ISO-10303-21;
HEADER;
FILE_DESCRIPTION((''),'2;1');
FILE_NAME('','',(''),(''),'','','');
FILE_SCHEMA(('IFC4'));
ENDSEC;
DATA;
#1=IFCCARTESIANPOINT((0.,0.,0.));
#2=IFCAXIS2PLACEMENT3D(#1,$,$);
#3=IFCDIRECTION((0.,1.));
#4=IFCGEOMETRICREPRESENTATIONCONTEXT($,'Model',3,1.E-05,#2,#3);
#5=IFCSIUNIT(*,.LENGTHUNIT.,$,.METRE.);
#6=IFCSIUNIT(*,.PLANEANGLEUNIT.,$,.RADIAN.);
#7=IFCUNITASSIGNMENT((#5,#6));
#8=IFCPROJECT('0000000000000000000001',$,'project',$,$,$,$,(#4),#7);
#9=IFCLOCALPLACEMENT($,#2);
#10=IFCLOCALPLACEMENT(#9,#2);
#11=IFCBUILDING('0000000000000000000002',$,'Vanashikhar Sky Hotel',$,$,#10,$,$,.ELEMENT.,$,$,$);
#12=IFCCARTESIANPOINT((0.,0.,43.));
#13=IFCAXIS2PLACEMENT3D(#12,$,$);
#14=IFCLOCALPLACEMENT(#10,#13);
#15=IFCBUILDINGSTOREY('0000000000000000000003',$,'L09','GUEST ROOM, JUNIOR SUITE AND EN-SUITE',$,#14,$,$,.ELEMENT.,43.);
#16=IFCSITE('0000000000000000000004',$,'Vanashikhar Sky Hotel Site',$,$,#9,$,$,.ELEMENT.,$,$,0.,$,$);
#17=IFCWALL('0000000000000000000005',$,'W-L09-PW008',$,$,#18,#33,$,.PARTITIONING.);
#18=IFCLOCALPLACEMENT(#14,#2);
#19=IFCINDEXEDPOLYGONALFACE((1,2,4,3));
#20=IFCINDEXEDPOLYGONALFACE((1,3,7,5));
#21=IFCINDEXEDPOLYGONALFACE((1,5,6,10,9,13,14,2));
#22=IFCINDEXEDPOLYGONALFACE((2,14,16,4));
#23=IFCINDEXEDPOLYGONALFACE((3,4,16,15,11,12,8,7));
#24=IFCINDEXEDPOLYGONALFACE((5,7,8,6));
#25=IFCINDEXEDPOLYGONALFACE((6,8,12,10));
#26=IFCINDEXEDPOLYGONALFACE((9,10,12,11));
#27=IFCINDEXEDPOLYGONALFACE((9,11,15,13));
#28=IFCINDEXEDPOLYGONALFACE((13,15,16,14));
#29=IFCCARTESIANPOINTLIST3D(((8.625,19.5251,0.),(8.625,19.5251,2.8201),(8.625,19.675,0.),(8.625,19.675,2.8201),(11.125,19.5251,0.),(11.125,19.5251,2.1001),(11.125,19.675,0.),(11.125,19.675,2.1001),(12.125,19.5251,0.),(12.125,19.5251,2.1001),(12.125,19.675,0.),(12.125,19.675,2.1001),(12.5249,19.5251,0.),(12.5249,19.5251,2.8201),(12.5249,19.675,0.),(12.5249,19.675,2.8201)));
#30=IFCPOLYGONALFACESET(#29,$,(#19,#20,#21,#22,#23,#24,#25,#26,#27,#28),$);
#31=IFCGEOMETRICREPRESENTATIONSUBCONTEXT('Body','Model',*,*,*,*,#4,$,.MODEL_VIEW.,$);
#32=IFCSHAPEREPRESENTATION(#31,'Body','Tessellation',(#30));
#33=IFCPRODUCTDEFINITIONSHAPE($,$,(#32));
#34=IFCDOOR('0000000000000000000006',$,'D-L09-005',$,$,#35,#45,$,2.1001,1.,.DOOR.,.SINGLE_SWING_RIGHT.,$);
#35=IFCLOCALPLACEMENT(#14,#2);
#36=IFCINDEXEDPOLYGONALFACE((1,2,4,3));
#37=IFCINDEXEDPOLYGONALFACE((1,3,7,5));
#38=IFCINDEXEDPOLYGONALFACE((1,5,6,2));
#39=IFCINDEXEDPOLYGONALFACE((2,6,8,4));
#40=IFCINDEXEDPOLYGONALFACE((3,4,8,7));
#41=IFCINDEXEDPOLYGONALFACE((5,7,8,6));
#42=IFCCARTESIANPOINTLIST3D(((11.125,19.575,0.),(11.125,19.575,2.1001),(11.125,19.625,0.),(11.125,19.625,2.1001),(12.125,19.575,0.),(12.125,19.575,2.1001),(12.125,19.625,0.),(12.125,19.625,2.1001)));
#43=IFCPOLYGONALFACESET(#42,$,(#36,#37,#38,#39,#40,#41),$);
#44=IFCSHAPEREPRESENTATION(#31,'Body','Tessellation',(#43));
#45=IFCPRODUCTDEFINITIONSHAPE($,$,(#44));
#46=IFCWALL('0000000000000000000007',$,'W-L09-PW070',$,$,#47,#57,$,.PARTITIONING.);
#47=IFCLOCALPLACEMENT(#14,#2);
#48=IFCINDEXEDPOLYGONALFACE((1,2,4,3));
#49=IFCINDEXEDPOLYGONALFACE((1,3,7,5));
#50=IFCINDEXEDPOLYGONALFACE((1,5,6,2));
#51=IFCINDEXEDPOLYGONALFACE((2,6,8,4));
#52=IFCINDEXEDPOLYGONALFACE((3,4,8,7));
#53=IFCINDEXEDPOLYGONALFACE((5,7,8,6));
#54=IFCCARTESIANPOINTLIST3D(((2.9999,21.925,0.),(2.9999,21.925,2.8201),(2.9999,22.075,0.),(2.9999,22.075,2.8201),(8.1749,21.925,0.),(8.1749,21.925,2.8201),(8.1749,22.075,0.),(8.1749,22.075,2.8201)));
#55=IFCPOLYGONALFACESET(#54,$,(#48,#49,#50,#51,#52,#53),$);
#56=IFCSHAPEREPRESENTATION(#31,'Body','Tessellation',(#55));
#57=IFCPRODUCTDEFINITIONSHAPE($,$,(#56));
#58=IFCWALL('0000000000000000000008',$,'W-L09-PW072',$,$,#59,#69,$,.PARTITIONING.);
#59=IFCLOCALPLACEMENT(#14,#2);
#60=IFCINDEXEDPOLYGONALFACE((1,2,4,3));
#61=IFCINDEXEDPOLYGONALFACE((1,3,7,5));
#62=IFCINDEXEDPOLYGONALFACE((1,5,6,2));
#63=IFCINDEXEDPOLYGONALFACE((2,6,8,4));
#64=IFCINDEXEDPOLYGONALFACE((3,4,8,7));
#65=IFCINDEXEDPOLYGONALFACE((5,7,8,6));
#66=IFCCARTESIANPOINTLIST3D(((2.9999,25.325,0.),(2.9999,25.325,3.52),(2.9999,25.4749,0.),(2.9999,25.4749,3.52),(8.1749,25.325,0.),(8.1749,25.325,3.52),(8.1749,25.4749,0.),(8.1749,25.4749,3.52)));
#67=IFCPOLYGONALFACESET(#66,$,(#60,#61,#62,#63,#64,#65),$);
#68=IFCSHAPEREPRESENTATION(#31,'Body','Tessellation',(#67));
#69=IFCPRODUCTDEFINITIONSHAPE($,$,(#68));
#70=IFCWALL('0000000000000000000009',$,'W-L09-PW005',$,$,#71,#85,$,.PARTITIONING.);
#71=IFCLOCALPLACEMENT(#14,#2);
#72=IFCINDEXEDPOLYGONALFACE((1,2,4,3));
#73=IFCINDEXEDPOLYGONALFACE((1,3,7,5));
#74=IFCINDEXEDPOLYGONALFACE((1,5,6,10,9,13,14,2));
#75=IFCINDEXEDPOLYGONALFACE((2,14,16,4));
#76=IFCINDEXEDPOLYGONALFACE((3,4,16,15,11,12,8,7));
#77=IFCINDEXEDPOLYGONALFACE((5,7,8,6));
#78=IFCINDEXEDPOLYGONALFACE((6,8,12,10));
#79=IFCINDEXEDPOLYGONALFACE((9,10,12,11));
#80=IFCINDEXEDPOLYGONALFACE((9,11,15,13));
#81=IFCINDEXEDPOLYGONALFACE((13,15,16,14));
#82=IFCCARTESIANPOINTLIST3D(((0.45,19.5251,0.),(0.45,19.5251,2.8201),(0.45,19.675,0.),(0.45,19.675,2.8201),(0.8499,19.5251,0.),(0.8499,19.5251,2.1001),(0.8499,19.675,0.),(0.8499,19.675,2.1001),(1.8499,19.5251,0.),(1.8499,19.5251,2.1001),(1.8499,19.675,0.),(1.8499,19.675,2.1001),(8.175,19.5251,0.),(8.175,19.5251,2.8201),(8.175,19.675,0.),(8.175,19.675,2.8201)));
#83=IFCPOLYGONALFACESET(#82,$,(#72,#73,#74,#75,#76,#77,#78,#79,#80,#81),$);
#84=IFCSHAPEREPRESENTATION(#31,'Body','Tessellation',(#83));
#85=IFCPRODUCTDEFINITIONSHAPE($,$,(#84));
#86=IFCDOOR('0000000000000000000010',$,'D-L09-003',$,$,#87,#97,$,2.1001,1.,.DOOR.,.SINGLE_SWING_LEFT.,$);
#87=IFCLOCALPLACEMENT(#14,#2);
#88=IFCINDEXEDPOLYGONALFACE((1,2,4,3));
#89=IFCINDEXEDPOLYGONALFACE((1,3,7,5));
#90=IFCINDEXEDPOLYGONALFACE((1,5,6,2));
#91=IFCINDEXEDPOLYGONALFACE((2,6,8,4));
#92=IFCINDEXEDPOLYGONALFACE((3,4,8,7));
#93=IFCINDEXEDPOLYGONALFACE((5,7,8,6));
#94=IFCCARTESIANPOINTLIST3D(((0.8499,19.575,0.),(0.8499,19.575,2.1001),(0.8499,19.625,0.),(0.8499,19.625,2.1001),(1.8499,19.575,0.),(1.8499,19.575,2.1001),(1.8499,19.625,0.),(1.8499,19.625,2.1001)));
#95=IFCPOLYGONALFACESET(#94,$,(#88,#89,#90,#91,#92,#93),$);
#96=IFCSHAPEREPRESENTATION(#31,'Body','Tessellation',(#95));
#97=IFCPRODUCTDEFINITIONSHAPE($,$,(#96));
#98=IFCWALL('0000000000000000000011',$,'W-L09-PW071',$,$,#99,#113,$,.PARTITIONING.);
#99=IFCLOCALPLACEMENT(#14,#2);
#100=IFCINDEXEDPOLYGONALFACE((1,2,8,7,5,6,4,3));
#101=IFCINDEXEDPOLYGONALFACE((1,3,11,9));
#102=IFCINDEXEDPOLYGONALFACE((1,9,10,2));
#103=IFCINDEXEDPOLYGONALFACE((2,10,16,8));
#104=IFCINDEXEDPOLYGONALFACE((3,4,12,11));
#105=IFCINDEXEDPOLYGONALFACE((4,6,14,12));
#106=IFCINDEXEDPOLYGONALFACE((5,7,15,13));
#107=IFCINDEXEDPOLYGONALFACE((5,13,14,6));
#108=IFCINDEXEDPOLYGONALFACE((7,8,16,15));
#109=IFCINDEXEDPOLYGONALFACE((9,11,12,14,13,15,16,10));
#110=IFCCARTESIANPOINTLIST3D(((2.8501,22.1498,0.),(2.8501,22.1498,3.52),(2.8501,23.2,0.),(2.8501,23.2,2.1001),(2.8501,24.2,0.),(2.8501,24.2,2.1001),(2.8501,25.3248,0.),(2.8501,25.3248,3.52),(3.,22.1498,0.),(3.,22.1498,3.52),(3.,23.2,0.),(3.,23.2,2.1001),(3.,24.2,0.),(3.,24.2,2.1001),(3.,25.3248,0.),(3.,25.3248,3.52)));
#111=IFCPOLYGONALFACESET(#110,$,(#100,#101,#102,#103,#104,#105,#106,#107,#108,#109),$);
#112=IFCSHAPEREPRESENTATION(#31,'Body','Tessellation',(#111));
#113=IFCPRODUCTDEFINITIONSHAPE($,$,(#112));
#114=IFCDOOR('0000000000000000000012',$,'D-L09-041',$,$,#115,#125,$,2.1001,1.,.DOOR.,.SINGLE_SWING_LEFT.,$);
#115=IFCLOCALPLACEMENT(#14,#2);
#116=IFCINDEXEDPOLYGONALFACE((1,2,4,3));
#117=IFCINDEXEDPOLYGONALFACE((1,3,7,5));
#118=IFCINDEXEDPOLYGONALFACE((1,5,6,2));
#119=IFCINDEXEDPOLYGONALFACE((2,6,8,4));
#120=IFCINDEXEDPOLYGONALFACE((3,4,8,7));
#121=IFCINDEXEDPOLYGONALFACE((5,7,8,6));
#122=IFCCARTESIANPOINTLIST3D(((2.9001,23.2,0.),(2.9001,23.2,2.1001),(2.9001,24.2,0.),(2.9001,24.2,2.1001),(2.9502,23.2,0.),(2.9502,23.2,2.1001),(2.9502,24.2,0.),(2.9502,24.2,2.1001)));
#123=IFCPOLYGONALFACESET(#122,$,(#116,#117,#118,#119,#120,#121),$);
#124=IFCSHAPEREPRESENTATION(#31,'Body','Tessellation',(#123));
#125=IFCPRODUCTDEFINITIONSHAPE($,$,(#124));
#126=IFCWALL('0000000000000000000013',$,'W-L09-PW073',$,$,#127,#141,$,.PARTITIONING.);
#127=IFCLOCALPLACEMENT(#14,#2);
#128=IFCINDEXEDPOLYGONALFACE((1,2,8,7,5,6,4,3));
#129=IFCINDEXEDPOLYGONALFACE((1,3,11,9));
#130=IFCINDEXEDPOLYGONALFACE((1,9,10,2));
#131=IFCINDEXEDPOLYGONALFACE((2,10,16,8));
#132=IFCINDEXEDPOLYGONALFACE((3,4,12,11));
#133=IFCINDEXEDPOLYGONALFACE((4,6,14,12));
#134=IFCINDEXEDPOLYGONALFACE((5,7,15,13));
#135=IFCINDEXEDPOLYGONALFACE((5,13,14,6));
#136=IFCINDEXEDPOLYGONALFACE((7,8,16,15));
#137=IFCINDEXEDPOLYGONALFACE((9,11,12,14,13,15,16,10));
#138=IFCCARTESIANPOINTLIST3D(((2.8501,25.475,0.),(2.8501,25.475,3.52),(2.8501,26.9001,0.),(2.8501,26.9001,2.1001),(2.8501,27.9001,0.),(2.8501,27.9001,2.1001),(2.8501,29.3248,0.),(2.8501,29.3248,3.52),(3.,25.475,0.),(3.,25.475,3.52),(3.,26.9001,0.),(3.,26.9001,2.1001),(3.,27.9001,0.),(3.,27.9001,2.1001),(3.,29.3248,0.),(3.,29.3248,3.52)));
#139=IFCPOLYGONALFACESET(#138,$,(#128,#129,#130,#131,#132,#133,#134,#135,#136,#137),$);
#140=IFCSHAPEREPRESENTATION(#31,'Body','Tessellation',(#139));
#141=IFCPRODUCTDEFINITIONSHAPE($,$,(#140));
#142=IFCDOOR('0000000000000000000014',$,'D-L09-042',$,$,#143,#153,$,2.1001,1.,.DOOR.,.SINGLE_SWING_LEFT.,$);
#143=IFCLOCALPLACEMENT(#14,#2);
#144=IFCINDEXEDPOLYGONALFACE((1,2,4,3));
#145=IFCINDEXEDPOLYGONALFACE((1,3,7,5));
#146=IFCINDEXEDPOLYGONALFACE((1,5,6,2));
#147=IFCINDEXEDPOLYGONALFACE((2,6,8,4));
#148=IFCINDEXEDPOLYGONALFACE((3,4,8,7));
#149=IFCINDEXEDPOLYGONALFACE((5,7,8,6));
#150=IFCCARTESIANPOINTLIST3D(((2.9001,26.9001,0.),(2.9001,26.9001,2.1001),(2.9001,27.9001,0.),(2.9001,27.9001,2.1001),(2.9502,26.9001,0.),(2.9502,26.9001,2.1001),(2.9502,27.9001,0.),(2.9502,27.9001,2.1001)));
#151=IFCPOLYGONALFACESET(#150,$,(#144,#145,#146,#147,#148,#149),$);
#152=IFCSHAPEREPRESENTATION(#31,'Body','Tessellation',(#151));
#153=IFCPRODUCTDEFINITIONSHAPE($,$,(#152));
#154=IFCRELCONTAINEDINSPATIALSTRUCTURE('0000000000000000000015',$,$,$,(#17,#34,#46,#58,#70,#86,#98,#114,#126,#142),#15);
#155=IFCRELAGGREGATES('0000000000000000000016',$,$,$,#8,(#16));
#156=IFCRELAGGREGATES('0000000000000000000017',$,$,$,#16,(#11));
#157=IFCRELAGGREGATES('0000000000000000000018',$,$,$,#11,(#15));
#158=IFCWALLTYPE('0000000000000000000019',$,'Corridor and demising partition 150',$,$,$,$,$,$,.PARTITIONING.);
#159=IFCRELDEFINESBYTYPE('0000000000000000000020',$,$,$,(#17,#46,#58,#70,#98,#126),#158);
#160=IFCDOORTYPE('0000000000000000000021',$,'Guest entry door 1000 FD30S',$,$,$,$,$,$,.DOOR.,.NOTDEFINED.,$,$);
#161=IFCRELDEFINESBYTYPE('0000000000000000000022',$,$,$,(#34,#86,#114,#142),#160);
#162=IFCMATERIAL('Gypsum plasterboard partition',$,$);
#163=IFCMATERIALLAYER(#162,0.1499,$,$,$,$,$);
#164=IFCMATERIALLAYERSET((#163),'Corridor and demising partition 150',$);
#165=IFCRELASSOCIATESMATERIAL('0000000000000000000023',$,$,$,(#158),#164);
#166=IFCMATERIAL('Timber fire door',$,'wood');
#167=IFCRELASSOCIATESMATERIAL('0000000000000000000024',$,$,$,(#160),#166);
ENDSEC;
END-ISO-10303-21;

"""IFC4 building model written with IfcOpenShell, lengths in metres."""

from ifc_helpers import new_model, si_unit, direction, frame, frame_2d, origin, place, context, subcontext, project, spatial, rectangle, extrude, source, transform, mapped, material, layer, layer_set, type_object, element, fill, save


model = new_model("IFC4")

# Units and contexts
model_context = context("Model", 3, precision=1e-05, world=origin(), true_north=direction((0.0, 1.0)))
body_context = subcontext(model_context, "Body", "Model", "MODEL_VIEW")
ifc_project = project(units=[si_unit("LENGTHUNIT", "METRE"), si_unit("PLANEANGLEUNIT", "RADIAN")], contexts=[model_context])

# Site, building, storey
site_placement = place(None, origin())
site = spatial("IfcSite", under=ifc_project, at=site_placement, Name="Vanashikhar Sky Hotel Site", CompositionType="ELEMENT", RefElevation=0.0)
building_placement = place(site_placement, origin())
building = spatial("IfcBuilding", under=site, at=building_placement, Name="Vanashikhar Sky Hotel", CompositionType="ELEMENT")
storey_placement = place(building_placement, frame((0.0, 0.0, 43.0)))
storey = spatial("IfcBuildingStorey", under=building, at=storey_placement, Name="L09", Description="GUEST ROOM, JUNIOR SUITE AND EN-SUITE", CompositionType="ELEMENT", Elevation=43.0)

# Wall, opening, door
ifc_material_1 = material(Name="Gypsum plasterboard partition")
ifc_layer_1 = layer(ifc_material_1, 0.1499)
ifc_layer_set_1 = layer_set([ifc_layer_1], Name="Corridor and demising partition 150")
wall_type_1 = type_object("IfcWallType", Name="Corridor and demising partition 150", PredefinedType="PARTITIONING", material=ifc_layer_set_1)
shared_shape_1 = source(origin(), body_context, "Body", "SweptSolid", [
    extrude(rectangle(XDim=3.8999, YDim=0.1499, at=frame_2d((1.95, 0.0))), origin(), (0.0, 0.0, 1.0), 2.8201),
])
wall_1_placement = place(storey_placement, frame((8.625, 19.6001, 0.0), z_axis=(0.0, 0.0, 1.0), x_axis=(1.0, 0.0, 0.0)))
wall_1 = element("IfcWall", 1, at=wall_1_placement, inside=storey, type_object=wall_type_1, Name="W-L09-PW008", PredefinedType="PARTITIONING", context=body_context, shape_type="MappedRepresentation", body=[
    mapped(shared_shape_1, transform((0.0, 0.0, 0.0), scale=1.0)),
])
shared_shape_2 = source(origin(), body_context, "Body", "SweptSolid", [
    extrude(rectangle(XDim=1.0, YDim=2.1001, at=frame_2d((0.5, 1.05))), frame((0.0, 0.085, 0.0), z_axis=(0.0, -1.0, 0.0), x_axis=(1.0, 0.0, 0.0)), (0.0, 0.0, 1.0), 0.1699),
])
opening_1_placement = place(wall_1_placement, frame((2.5, 0.0, 0.0)))
opening_1 = element("IfcOpeningElement", 2, at=opening_1_placement, cuts=wall_1, PredefinedType="OPENING", context=body_context, shape_type="MappedRepresentation", body=[
    mapped(shared_shape_2, transform((0.0, 0.0, 0.0), scale=1.0)),
])
ifc_material_2 = material(Name="Timber fire door", Category="wood")
door_type = type_object("IfcDoorType", Name="Guest entry door 1000 FD30S", OperationType="NOTDEFINED", PredefinedType="DOOR", material=ifc_material_2)
shared_shape_3 = source(origin(), body_context, "Body", "SweptSolid", [
    extrude(rectangle(XDim=1.0, YDim=2.1001, at=frame_2d((0.5, 1.05))), frame((0.0, 0.0249, 0.0), z_axis=(0.0, -1.0, 0.0), x_axis=(1.0, 0.0, 0.0)), (0.0, 0.0, 1.0), 0.05),
])
door_1_placement = place(opening_1_placement, origin())
door_1 = element("IfcDoor", 3, at=door_1_placement, inside=storey, type_object=door_type, Name="D-L09-005", OperationType="SINGLE_SWING_RIGHT", OverallHeight=2.1001, OverallWidth=1.0, PredefinedType="DOOR", context=body_context, shape_type="MappedRepresentation", body=[
    mapped(shared_shape_3, transform((0.0, 0.0, 0.0), scale=1.0)),
])
fill(opening_1, door_1)

# Walls
shared_shape_4 = source(origin(), body_context, "Body", "SweptSolid", [
    extrude(rectangle(XDim=5.175, YDim=0.1499, at=frame_2d((2.5874, 0.0))), origin(), (0.0, 0.0, 1.0), 2.8201),
])
wall_2_placement = place(storey_placement, frame((3.0, 22.0, 0.0), z_axis=(0.0, 0.0, 1.0), x_axis=(1.0, 0.0, 0.0)))
element("IfcWall", 4, at=wall_2_placement, inside=storey, type_object=wall_type_1, Name="W-L09-PW070", PredefinedType="PARTITIONING", context=body_context, shape_type="MappedRepresentation", body=[
    mapped(shared_shape_4, transform((0.0, 0.0, 0.0), scale=1.0)),
])
shared_shape_5 = source(origin(), body_context, "Body", "SweptSolid", [
    extrude(rectangle(XDim=5.175, YDim=0.1499, at=frame_2d((2.5874, 0.0))), origin(), (0.0, 0.0, 1.0), 3.52),
])
wall_3_placement = place(storey_placement, frame((3.0, 25.3999, 0.0), z_axis=(0.0, 0.0, 1.0), x_axis=(1.0, 0.0, 0.0)))
element("IfcWall", 5, at=wall_3_placement, inside=storey, type_object=wall_type_1, Name="W-L09-PW072", PredefinedType="PARTITIONING", context=body_context, shape_type="MappedRepresentation", body=[
    mapped(shared_shape_5, transform((0.0, 0.0, 0.0), scale=1.0)),
])

# Walls, openings, doors
shared_shape_6 = source(origin(), body_context, "Body", "SweptSolid", [
    extrude(rectangle(XDim=7.7251, YDim=0.1499, at=frame_2d((3.8625, 0.0))), origin(), (0.0, 0.0, 1.0), 2.8201),
])
wall_4_placement = place(storey_placement, frame((0.45, 19.6001, 0.0), z_axis=(0.0, 0.0, 1.0), x_axis=(1.0, 0.0, 0.0)))
wall_4 = element("IfcWall", 6, at=wall_4_placement, inside=storey, type_object=wall_type_1, Name="W-L09-PW005", PredefinedType="PARTITIONING", context=body_context, shape_type="MappedRepresentation", body=[
    mapped(shared_shape_6, transform((0.0, 0.0, 0.0), scale=1.0)),
])
opening_2_placement = place(wall_4_placement, frame((0.3999, 0.0, 0.0)))
opening_2 = element("IfcOpeningElement", 7, at=opening_2_placement, cuts=wall_4, PredefinedType="OPENING", context=body_context, shape_type="MappedRepresentation", body=[
    mapped(shared_shape_2, transform((0.0, 0.0, 0.0), scale=1.0)),
])
door_2_placement = place(opening_2_placement, origin())
door_2 = element("IfcDoor", 8, at=door_2_placement, inside=storey, type_object=door_type, Name="D-L09-003", OperationType="SINGLE_SWING_LEFT", OverallHeight=2.1001, OverallWidth=1.0, PredefinedType="DOOR", context=body_context, shape_type="MappedRepresentation", body=[
    mapped(shared_shape_3, transform((0.0, 0.0, 0.0), scale=1.0)),
])
fill(opening_2, door_2)
shared_shape_7 = source(origin(), body_context, "Body", "SweptSolid", [
    extrude(rectangle(XDim=3.175, YDim=0.1499, at=frame_2d((1.5874, 0.0))), origin(), (0.0, 0.0, 1.0), 3.52),
])
wall_5_placement = place(storey_placement, frame((2.925, 22.1499, 0.0), z_axis=(0.0, 0.0, 1.0), x_axis=(0.0, 1.0, 0.0)))
wall_5 = element("IfcWall", 9, at=wall_5_placement, inside=storey, type_object=wall_type_1, Name="W-L09-PW071", PredefinedType="PARTITIONING", context=body_context, shape_type="MappedRepresentation", body=[
    mapped(shared_shape_7, transform((0.0, 0.0, 0.0), scale=1.0)),
])
opening_3_placement = place(wall_5_placement, frame((1.05, 0.0, 0.0)))
opening_3 = element("IfcOpeningElement", 10, at=opening_3_placement, cuts=wall_5, PredefinedType="OPENING", context=body_context, shape_type="MappedRepresentation", body=[
    mapped(shared_shape_2, transform((0.0, 0.0, 0.0), scale=1.0)),
])
door_3_placement = place(opening_3_placement, origin())
door_3 = element("IfcDoor", 11, at=door_3_placement, inside=storey, type_object=door_type, Name="D-L09-041", OperationType="SINGLE_SWING_LEFT", OverallHeight=2.1001, OverallWidth=1.0, PredefinedType="DOOR", context=body_context, shape_type="MappedRepresentation", body=[
    mapped(shared_shape_3, transform((0.0, 0.0, 0.0), scale=1.0)),
])
fill(opening_3, door_3)
shared_shape_8 = source(origin(), body_context, "Body", "SweptSolid", [
    extrude(rectangle(XDim=3.8499, YDim=0.1499, at=frame_2d((1.9248, 0.0))), origin(), (0.0, 0.0, 1.0), 3.52),
])
wall_6_placement = place(storey_placement, frame((2.925, 25.4751, 0.0), z_axis=(0.0, 0.0, 1.0), x_axis=(0.0, 1.0, 0.0)))
wall_6 = element("IfcWall", 12, at=wall_6_placement, inside=storey, type_object=wall_type_1, Name="W-L09-PW073", PredefinedType="PARTITIONING", context=body_context, shape_type="MappedRepresentation", body=[
    mapped(shared_shape_8, transform((0.0, 0.0, 0.0), scale=1.0)),
])
opening_4_placement = place(wall_6_placement, frame((1.425, 0.0, 0.0)))
opening_4 = element("IfcOpeningElement", 13, at=opening_4_placement, cuts=wall_6, PredefinedType="OPENING", context=body_context, shape_type="MappedRepresentation", body=[
    mapped(shared_shape_2, transform((0.0, 0.0, 0.0), scale=1.0)),
])
door_4_placement = place(opening_4_placement, origin())
door_4 = element("IfcDoor", 14, at=door_4_placement, inside=storey, type_object=door_type, Name="D-L09-042", OperationType="SINGLE_SWING_LEFT", OverallHeight=2.1001, OverallWidth=1.0, PredefinedType="DOOR", context=body_context, shape_type="MappedRepresentation", body=[
    mapped(shared_shape_3, transform((0.0, 0.0, 0.0), scale=1.0)),
])
fill(opening_4, door_4)

save(model, "model.ifc")
